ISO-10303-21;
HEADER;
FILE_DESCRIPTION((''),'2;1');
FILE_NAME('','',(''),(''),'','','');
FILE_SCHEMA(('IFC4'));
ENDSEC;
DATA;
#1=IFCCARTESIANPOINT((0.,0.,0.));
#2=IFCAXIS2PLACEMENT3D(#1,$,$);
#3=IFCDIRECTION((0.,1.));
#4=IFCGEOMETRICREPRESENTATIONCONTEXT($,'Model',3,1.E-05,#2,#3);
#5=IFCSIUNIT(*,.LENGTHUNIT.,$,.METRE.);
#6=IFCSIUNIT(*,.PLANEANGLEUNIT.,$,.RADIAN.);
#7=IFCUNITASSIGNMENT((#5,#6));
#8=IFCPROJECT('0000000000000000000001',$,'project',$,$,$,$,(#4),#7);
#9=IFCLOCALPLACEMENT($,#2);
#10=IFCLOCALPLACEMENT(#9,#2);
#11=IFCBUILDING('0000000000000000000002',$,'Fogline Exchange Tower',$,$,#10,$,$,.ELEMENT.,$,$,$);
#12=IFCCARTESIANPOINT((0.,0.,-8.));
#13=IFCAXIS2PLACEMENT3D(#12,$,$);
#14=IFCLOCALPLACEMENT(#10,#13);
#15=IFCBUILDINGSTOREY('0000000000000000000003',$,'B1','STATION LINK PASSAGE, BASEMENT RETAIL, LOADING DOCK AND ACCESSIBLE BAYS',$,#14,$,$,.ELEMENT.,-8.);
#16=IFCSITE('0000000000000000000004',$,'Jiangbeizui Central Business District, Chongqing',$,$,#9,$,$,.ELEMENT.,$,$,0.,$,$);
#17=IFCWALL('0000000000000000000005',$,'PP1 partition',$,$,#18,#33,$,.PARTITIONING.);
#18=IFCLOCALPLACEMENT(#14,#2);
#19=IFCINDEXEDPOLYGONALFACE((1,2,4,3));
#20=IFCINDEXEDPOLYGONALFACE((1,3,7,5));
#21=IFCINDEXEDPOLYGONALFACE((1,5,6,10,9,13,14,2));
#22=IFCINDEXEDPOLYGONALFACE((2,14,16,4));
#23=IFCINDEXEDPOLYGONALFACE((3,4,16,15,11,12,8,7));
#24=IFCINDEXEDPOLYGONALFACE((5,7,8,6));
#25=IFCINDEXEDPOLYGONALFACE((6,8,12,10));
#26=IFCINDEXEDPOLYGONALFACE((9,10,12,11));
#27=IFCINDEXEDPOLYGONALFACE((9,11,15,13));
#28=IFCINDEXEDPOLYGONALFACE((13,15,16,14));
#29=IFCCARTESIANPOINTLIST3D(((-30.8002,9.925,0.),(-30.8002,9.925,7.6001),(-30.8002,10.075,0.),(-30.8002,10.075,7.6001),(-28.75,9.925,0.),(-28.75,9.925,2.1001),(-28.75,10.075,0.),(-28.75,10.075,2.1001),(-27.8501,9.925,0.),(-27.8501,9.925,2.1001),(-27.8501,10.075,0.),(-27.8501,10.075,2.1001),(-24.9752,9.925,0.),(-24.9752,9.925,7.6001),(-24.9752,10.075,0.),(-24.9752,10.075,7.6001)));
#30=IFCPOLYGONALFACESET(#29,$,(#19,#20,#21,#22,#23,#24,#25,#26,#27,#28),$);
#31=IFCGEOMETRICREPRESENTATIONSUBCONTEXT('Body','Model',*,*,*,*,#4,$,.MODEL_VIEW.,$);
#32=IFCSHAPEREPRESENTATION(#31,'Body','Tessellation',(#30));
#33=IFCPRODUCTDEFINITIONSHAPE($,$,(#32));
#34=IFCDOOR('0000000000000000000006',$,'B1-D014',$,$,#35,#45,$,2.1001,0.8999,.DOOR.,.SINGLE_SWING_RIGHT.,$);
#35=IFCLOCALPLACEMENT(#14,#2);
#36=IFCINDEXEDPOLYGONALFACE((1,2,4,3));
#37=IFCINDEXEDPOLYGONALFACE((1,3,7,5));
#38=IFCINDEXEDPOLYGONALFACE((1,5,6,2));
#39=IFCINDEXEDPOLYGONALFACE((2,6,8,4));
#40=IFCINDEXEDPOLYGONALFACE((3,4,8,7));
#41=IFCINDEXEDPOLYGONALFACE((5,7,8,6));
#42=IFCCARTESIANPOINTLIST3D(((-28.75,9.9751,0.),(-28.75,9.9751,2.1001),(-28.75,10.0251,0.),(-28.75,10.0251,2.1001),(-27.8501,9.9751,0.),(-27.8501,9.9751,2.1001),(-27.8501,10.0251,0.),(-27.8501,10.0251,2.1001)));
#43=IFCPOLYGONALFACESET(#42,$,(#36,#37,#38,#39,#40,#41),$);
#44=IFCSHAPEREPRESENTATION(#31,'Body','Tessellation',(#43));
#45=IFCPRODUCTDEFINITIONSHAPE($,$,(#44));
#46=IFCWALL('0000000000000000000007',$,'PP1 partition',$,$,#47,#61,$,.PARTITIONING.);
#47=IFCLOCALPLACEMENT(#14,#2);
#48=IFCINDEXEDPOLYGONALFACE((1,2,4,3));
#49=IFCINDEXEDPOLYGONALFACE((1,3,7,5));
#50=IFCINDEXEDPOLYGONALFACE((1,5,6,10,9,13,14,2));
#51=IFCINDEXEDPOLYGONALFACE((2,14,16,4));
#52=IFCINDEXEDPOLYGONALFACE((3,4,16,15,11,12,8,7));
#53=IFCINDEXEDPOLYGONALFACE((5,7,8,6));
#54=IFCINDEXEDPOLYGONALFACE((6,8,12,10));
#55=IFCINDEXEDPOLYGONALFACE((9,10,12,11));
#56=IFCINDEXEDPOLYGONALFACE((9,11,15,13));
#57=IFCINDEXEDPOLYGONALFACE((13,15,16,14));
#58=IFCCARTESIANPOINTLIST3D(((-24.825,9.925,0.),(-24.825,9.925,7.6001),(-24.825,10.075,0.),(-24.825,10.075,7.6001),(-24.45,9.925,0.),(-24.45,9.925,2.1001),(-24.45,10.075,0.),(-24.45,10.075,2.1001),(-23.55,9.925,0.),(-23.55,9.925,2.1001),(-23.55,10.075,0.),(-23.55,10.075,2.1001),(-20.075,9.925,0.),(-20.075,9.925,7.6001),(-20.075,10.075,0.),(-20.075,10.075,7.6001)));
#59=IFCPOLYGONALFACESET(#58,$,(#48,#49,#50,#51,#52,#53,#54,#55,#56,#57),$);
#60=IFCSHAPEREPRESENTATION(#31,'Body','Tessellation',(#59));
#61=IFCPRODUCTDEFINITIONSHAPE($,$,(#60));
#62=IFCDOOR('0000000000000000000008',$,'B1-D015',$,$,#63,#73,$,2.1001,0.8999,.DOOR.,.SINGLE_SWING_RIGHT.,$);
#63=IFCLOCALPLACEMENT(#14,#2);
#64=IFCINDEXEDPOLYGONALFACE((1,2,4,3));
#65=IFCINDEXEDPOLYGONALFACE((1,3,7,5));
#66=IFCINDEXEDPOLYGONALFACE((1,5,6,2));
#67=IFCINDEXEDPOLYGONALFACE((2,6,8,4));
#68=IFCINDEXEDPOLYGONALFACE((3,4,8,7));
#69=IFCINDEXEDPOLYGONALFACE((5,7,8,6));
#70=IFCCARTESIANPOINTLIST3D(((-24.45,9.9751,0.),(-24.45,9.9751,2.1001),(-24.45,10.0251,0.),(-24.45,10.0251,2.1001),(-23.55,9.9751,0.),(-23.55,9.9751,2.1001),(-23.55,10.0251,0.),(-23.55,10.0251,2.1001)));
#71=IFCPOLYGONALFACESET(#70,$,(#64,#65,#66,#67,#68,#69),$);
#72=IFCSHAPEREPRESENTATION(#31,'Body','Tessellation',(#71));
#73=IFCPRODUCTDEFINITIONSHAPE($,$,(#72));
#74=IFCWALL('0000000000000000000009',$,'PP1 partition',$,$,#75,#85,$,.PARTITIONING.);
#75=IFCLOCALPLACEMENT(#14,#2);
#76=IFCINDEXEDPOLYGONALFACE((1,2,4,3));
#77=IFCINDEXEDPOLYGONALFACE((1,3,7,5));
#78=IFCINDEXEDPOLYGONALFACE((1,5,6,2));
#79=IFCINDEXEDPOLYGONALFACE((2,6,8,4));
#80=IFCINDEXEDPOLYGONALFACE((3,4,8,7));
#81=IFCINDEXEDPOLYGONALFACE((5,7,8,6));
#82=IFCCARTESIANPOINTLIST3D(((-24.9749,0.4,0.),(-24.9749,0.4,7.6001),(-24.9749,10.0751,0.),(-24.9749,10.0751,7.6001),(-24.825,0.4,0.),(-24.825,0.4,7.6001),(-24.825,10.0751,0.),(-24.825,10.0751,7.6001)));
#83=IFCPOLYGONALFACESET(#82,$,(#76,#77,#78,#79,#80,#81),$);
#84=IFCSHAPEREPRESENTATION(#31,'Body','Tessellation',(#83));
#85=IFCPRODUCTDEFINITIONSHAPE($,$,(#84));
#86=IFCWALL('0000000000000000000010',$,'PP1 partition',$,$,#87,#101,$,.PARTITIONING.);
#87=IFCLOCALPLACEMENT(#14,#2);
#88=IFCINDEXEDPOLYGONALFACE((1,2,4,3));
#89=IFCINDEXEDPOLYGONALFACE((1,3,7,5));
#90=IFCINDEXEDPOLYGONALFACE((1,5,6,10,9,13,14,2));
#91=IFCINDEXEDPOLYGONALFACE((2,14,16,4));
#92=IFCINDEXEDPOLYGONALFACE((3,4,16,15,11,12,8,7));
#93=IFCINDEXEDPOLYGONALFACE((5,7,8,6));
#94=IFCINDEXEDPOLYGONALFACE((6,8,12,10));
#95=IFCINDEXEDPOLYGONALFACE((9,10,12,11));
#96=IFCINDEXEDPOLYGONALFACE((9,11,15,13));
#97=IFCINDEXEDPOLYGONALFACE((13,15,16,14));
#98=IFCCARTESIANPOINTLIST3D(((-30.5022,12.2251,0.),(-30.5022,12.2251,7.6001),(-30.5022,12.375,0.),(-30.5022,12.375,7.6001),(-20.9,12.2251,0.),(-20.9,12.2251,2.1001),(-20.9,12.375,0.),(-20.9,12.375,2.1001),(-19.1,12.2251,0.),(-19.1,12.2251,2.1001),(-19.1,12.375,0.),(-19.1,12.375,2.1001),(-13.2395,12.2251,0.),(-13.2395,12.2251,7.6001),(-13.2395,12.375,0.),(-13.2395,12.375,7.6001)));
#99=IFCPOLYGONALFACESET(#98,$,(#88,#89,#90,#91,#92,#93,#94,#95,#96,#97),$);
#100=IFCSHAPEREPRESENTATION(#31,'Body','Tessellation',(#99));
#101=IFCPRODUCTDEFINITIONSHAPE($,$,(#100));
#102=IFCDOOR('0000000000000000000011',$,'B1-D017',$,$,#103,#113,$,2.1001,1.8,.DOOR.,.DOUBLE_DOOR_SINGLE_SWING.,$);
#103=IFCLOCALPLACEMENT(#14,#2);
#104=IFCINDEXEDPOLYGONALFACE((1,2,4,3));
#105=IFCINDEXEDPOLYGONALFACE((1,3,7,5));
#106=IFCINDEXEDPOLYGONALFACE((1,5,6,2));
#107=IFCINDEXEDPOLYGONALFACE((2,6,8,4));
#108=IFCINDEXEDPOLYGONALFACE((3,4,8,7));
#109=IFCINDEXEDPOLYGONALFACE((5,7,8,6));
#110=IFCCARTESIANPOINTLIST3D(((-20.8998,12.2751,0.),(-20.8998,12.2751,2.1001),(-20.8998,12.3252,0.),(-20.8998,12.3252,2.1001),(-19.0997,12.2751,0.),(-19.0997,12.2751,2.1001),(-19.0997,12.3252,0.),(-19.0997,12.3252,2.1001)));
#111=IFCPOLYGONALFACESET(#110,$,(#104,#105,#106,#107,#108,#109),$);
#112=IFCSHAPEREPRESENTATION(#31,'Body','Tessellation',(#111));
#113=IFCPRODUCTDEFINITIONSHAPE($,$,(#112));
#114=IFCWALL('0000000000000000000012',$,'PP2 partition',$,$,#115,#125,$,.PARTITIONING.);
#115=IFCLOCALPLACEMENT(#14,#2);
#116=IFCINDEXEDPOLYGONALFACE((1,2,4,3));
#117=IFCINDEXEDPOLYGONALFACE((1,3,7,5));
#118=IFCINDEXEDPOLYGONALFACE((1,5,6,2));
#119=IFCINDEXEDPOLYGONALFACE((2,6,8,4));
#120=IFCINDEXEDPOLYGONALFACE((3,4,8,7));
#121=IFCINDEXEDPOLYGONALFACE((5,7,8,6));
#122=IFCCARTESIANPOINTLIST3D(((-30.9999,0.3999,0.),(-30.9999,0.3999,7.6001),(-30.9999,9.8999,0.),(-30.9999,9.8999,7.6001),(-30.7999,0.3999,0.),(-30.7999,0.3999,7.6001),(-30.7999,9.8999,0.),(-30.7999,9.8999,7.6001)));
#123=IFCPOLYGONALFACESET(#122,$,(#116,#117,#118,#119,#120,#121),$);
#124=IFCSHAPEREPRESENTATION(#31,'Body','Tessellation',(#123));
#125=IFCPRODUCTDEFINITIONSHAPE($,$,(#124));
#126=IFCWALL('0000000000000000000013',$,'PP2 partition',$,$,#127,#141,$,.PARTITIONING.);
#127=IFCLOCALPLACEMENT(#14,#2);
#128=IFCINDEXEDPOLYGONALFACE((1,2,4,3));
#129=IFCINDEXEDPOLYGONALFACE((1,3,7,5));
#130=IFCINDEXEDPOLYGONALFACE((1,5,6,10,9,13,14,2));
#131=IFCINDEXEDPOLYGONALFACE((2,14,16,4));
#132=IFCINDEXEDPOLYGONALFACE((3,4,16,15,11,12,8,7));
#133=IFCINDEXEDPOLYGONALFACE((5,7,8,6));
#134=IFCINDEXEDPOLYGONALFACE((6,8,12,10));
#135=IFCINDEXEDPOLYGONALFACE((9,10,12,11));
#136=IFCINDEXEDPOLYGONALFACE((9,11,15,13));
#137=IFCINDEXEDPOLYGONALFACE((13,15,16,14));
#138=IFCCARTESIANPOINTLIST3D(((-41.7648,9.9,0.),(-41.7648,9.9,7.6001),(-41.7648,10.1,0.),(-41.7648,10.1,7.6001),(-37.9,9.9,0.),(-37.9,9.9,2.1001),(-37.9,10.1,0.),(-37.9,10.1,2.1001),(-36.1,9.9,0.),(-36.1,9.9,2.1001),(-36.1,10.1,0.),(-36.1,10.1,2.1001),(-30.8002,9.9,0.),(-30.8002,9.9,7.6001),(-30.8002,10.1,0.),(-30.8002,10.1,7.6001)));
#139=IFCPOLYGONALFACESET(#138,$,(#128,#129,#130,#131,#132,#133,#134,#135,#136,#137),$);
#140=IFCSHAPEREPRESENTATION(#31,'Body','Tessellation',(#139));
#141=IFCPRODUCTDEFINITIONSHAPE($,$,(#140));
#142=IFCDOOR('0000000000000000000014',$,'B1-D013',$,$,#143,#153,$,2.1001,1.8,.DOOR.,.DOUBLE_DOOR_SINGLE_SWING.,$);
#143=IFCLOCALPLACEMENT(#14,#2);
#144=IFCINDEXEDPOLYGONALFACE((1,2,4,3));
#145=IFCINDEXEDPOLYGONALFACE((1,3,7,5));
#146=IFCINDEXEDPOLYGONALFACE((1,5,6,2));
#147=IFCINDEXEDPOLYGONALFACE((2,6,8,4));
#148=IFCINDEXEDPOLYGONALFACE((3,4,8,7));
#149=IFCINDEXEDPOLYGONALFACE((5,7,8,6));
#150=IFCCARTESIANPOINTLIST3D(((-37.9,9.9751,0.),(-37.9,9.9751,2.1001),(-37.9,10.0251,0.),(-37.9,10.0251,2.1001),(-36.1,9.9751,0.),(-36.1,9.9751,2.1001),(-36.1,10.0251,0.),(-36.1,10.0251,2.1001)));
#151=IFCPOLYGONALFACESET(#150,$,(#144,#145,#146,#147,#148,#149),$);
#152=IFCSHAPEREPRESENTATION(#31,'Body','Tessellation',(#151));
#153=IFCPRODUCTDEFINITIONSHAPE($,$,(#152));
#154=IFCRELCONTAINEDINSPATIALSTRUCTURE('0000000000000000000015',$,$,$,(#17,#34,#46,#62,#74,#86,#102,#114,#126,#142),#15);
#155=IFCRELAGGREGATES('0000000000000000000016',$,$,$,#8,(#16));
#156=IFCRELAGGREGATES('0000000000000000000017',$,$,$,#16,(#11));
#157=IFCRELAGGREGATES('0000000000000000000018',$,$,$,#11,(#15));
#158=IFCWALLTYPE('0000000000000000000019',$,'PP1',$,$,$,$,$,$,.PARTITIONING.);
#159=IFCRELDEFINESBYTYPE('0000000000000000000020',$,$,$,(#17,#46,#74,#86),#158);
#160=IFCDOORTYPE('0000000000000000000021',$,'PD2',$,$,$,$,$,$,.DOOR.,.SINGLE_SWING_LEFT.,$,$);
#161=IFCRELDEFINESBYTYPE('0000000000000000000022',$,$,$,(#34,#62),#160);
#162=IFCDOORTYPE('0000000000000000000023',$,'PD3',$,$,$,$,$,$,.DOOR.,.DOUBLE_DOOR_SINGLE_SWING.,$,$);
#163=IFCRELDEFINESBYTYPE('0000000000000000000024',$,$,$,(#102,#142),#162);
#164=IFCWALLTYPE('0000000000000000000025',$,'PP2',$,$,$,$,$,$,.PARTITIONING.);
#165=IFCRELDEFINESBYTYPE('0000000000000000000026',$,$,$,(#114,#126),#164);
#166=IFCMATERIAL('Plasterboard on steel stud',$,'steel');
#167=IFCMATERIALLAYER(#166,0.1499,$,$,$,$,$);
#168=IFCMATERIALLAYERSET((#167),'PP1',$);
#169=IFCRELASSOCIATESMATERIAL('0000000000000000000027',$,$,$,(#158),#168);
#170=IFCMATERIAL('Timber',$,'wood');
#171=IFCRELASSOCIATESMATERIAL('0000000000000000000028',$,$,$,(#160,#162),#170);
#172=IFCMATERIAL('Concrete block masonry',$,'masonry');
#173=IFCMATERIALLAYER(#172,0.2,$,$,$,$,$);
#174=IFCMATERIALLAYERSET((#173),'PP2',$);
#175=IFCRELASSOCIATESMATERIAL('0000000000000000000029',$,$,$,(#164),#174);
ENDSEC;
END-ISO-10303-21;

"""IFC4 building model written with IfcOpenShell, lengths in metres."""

from ifc_helpers import new_model, si_unit, direction, frame, frame_2d, origin, place, context, subcontext, project, spatial, rectangle, extrude, material, layer, layer_set, type_object, element, fill, save


model = new_model("IFC4")

# Units and contexts
model_context = context("Model", 3, precision=1e-05, world=origin(), true_north=direction((0.0, 1.0)))
body_context = subcontext(model_context, "Body", "Model", "MODEL_VIEW")
ifc_project = project(units=[si_unit("LENGTHUNIT", "METRE"), si_unit("PLANEANGLEUNIT", "RADIAN")], contexts=[model_context])

# Site, building, storey
site_placement = place(None, origin())
site = spatial("IfcSite", under=ifc_project, at=site_placement, Name="Jiangbeizui Central Business District, Chongqing", CompositionType="ELEMENT", RefElevation=0.0)
building_placement = place(site_placement, origin())
building = spatial("IfcBuilding", under=site, at=building_placement, Name="Fogline Exchange Tower", CompositionType="ELEMENT")
storey_placement = place(building_placement, frame((0.0, 0.0, -8.0)))
storey = spatial("IfcBuildingStorey", under=building, at=storey_placement, Name="B1", Description="STATION LINK PASSAGE, BASEMENT RETAIL, LOADING DOCK AND ACCESSIBLE BAYS", CompositionType="ELEMENT", Elevation=-8.0)

# Walls, openings, doors
ifc_material_1 = material(Name="Plasterboard on steel stud", Category="steel")
ifc_layer_1 = layer(ifc_material_1, 0.1499)
ifc_layer_set_1 = layer_set([ifc_layer_1], Name="PP1")
wall_type_1 = type_object("IfcWallType", Name="PP1", PredefinedType="PARTITIONING", material=ifc_layer_set_1)
wall_1_placement = place(storey_placement, frame((-24.9751, 10.0, 0.0), z_axis=(0.0, 0.0, 1.0), x_axis=(-1.0, 0.0, 0.0)))
wall_1 = element("IfcWall", 1, at=wall_1_placement, inside=storey, type_object=wall_type_1, Name="PP1 partition", PredefinedType="PARTITIONING", context=body_context, shape_type="SweptSolid", body=[
    extrude(rectangle(XDim=5.825, YDim=0.1499, at=frame_2d((2.9126, 0.0))), origin(), (0.0, 0.0, 1.0), 7.6001),
])
opening_1_placement = place(wall_1_placement, frame((2.875, 0.0, 0.0)))
opening_1 = element("IfcOpeningElement", 2, at=opening_1_placement, cuts=wall_1, PredefinedType="OPENING", context=body_context, shape_type="SweptSolid", body=[
    extrude(rectangle(XDim=0.8999, YDim=2.1001, at=frame_2d((0.45, 1.05))), frame((0.0, 0.085, 0.0), z_axis=(0.0, -1.0, 0.0), x_axis=(1.0, 0.0, 0.0)), (0.0, 0.0, 1.0), 0.1699),
])
ifc_material_2 = material(Name="Timber", Category="wood")
door_type_1 = type_object("IfcDoorType", Name="PD2", OperationType="SINGLE_SWING_LEFT", PredefinedType="DOOR", material=ifc_material_2)
door_1_placement = place(opening_1_placement, origin())
door_1 = element("IfcDoor", 3, at=door_1_placement, inside=storey, type_object=door_type_1, Name="B1-D014", OperationType="SINGLE_SWING_RIGHT", OverallHeight=2.1001, OverallWidth=0.8999, PredefinedType="DOOR", context=body_context, shape_type="SweptSolid", body=[
    extrude(rectangle(XDim=0.8999, YDim=2.1001, at=frame_2d((0.45, 1.05))), frame((0.0, 0.0249, 0.0), z_axis=(0.0, -1.0, 0.0), x_axis=(1.0, 0.0, 0.0)), (0.0, 0.0, 1.0), 0.05),
])
fill(opening_1, door_1)
wall_2_placement = place(storey_placement, frame((-20.075, 10.0, 0.0), z_axis=(0.0, 0.0, 1.0), x_axis=(-1.0, 0.0, 0.0)))
wall_2 = element("IfcWall", 4, at=wall_2_placement, inside=storey, type_object=wall_type_1, Name="PP1 partition", PredefinedType="PARTITIONING", context=body_context, shape_type="SweptSolid", body=[
    extrude(rectangle(XDim=4.75, YDim=0.1499, at=frame_2d((2.375, 0.0))), origin(), (0.0, 0.0, 1.0), 7.6001),
])
opening_2_placement = place(wall_2_placement, frame((3.4751, 0.0, 0.0)))
opening_2 = element("IfcOpeningElement", 5, at=opening_2_placement, cuts=wall_2, PredefinedType="OPENING", context=body_context, shape_type="SweptSolid", body=[
    extrude(rectangle(XDim=0.8999, YDim=2.1001, at=frame_2d((0.45, 1.05))), frame((0.0, 0.085, 0.0), z_axis=(0.0, -1.0, 0.0), x_axis=(1.0, 0.0, 0.0)), (0.0, 0.0, 1.0), 0.1699),
])
door_2_placement = place(opening_2_placement, origin())
door_2 = element("IfcDoor", 6, at=door_2_placement, inside=storey, type_object=door_type_1, Name="B1-D015", OperationType="SINGLE_SWING_RIGHT", OverallHeight=2.1001, OverallWidth=0.8999, PredefinedType="DOOR", context=body_context, shape_type="SweptSolid", body=[
    extrude(rectangle(XDim=0.8999, YDim=2.1001, at=frame_2d((0.45, 1.05))), frame((0.0, 0.0249, 0.0), z_axis=(0.0, -1.0, 0.0), x_axis=(1.0, 0.0, 0.0)), (0.0, 0.0, 1.0), 0.05),
])
fill(opening_2, door_2)

# Wall
wall_3_placement = place(storey_placement, frame((-24.8999, 10.075, 0.0), z_axis=(0.0, 0.0, 1.0), x_axis=(0.0, -1.0, 0.0)))
element("IfcWall", 7, at=wall_3_placement, inside=storey, type_object=wall_type_1, Name="PP1 partition", PredefinedType="PARTITIONING", context=body_context, shape_type="SweptSolid", body=[
    extrude(rectangle(XDim=9.675, YDim=0.1499, at=frame_2d((4.8374, 0.0))), origin(), (0.0, 0.0, 1.0), 7.6001),
])

# Wall, opening, door
wall_4_placement = place(storey_placement, frame((-30.5022, 12.3, 0.0), z_axis=(0.0, 0.0, 1.0), x_axis=(1.0, 0.0, 0.0)))
wall_4 = element("IfcWall", 8, at=wall_4_placement, inside=storey, type_object=wall_type_1, Name="PP1 partition", PredefinedType="PARTITIONING", context=body_context, shape_type="SweptSolid", body=[
    extrude(rectangle(XDim=17.2627, YDim=0.1499, at=frame_2d((8.6313, 0.0))), origin(), (0.0, 0.0, 1.0), 7.6001),
])
opening_3_placement = place(wall_4_placement, frame((9.6023, 0.0, 0.0)))
opening_3 = element("IfcOpeningElement", 9, at=opening_3_placement, cuts=wall_4, PredefinedType="OPENING", context=body_context, shape_type="SweptSolid", body=[
    extrude(rectangle(XDim=1.8, YDim=2.1001, at=frame_2d((0.8999, 1.05))), frame((0.0, 0.085, 0.0), z_axis=(0.0, -1.0, 0.0), x_axis=(1.0, 0.0, 0.0)), (0.0, 0.0, 1.0), 0.1699),
])
door_type_2 = type_object("IfcDoorType", Name="PD3", OperationType="DOUBLE_DOOR_SINGLE_SWING", PredefinedType="DOOR", material=ifc_material_2)
door_3_placement = place(opening_3_placement, frame((1.8, 0.0, 0.0), z_axis=(0.0, 0.0, 1.0), x_axis=(-1.0, 0.0, 0.0)))
door_3 = element("IfcDoor", 10, at=door_3_placement, inside=storey, type_object=door_type_2, Name="B1-D017", OperationType="DOUBLE_DOOR_SINGLE_SWING", OverallHeight=2.1001, OverallWidth=1.8, PredefinedType="DOOR", context=body_context, shape_type="SweptSolid", body=[
    extrude(rectangle(XDim=1.8, YDim=2.1001, at=frame_2d((0.8999, 1.05))), frame((0.0, 0.0249, 0.0), z_axis=(0.0, -1.0, 0.0), x_axis=(1.0, 0.0, 0.0)), (0.0, 0.0, 1.0), 0.05),
])
fill(opening_3, door_3)

# Wall
ifc_material_3 = material(Name="Concrete block masonry", Category="masonry")
ifc_layer_2 = layer(ifc_material_3, 0.2)
ifc_layer_set_2 = layer_set([ifc_layer_2], Name="PP2")
wall_type_2 = type_object("IfcWallType", Name="PP2", PredefinedType="PARTITIONING", material=ifc_layer_set_2)
wall_5_placement = place(storey_placement, frame((-30.8999, 9.8999, 0.0), z_axis=(0.0, 0.0, 1.0), x_axis=(0.0, -1.0, 0.0)))
element("IfcWall", 11, at=wall_5_placement, inside=storey, type_object=wall_type_2, Name="PP2 partition", PredefinedType="PARTITIONING", context=body_context, shape_type="SweptSolid", body=[
    extrude(rectangle(XDim=9.5, YDim=0.2, at=frame_2d((4.75, 0.0))), origin(), (0.0, 0.0, 1.0), 7.6001),
])

# Wall, opening, door
wall_6_placement = place(storey_placement, frame((-30.8, 10.0, 0.0), z_axis=(0.0, 0.0, 1.0), x_axis=(-1.0, 0.0, 0.0)))
wall_6 = element("IfcWall", 12, at=wall_6_placement, inside=storey, type_object=wall_type_2, Name="PP2 partition", PredefinedType="PARTITIONING", context=body_context, shape_type="SweptSolid", body=[
    extrude(rectangle(XDim=10.9646, YDim=0.2, at=frame_2d((5.4824, 0.0))), origin(), (0.0, 0.0, 1.0), 7.6001),
])
opening_4_placement = place(wall_6_placement, frame((5.3, 0.0, 0.0)))
opening_4 = element("IfcOpeningElement", 13, at=opening_4_placement, cuts=wall_6, PredefinedType="OPENING", context=body_context, shape_type="SweptSolid", body=[
    extrude(rectangle(XDim=1.8, YDim=2.1001, at=frame_2d((0.8999, 1.05))), frame((0.0, 0.1099, 0.0), z_axis=(0.0, -1.0, 0.0), x_axis=(1.0, 0.0, 0.0)), (0.0, 0.0, 1.0), 0.22),
])
door_4_placement = place(opening_4_placement, origin())
door_4 = element("IfcDoor", 14, at=door_4_placement, inside=storey, type_object=door_type_2, Name="B1-D013", OperationType="DOUBLE_DOOR_SINGLE_SWING", OverallHeight=2.1001, OverallWidth=1.8, PredefinedType="DOOR", context=body_context, shape_type="SweptSolid", body=[
    extrude(rectangle(XDim=1.8, YDim=2.1001, at=frame_2d((0.8999, 1.05))), frame((0.0, 0.0249, 0.0), z_axis=(0.0, -1.0, 0.0), x_axis=(1.0, 0.0, 0.0)), (0.0, 0.0, 1.0), 0.05),
])
fill(opening_4, door_4)

save(model, "model.ifc")
